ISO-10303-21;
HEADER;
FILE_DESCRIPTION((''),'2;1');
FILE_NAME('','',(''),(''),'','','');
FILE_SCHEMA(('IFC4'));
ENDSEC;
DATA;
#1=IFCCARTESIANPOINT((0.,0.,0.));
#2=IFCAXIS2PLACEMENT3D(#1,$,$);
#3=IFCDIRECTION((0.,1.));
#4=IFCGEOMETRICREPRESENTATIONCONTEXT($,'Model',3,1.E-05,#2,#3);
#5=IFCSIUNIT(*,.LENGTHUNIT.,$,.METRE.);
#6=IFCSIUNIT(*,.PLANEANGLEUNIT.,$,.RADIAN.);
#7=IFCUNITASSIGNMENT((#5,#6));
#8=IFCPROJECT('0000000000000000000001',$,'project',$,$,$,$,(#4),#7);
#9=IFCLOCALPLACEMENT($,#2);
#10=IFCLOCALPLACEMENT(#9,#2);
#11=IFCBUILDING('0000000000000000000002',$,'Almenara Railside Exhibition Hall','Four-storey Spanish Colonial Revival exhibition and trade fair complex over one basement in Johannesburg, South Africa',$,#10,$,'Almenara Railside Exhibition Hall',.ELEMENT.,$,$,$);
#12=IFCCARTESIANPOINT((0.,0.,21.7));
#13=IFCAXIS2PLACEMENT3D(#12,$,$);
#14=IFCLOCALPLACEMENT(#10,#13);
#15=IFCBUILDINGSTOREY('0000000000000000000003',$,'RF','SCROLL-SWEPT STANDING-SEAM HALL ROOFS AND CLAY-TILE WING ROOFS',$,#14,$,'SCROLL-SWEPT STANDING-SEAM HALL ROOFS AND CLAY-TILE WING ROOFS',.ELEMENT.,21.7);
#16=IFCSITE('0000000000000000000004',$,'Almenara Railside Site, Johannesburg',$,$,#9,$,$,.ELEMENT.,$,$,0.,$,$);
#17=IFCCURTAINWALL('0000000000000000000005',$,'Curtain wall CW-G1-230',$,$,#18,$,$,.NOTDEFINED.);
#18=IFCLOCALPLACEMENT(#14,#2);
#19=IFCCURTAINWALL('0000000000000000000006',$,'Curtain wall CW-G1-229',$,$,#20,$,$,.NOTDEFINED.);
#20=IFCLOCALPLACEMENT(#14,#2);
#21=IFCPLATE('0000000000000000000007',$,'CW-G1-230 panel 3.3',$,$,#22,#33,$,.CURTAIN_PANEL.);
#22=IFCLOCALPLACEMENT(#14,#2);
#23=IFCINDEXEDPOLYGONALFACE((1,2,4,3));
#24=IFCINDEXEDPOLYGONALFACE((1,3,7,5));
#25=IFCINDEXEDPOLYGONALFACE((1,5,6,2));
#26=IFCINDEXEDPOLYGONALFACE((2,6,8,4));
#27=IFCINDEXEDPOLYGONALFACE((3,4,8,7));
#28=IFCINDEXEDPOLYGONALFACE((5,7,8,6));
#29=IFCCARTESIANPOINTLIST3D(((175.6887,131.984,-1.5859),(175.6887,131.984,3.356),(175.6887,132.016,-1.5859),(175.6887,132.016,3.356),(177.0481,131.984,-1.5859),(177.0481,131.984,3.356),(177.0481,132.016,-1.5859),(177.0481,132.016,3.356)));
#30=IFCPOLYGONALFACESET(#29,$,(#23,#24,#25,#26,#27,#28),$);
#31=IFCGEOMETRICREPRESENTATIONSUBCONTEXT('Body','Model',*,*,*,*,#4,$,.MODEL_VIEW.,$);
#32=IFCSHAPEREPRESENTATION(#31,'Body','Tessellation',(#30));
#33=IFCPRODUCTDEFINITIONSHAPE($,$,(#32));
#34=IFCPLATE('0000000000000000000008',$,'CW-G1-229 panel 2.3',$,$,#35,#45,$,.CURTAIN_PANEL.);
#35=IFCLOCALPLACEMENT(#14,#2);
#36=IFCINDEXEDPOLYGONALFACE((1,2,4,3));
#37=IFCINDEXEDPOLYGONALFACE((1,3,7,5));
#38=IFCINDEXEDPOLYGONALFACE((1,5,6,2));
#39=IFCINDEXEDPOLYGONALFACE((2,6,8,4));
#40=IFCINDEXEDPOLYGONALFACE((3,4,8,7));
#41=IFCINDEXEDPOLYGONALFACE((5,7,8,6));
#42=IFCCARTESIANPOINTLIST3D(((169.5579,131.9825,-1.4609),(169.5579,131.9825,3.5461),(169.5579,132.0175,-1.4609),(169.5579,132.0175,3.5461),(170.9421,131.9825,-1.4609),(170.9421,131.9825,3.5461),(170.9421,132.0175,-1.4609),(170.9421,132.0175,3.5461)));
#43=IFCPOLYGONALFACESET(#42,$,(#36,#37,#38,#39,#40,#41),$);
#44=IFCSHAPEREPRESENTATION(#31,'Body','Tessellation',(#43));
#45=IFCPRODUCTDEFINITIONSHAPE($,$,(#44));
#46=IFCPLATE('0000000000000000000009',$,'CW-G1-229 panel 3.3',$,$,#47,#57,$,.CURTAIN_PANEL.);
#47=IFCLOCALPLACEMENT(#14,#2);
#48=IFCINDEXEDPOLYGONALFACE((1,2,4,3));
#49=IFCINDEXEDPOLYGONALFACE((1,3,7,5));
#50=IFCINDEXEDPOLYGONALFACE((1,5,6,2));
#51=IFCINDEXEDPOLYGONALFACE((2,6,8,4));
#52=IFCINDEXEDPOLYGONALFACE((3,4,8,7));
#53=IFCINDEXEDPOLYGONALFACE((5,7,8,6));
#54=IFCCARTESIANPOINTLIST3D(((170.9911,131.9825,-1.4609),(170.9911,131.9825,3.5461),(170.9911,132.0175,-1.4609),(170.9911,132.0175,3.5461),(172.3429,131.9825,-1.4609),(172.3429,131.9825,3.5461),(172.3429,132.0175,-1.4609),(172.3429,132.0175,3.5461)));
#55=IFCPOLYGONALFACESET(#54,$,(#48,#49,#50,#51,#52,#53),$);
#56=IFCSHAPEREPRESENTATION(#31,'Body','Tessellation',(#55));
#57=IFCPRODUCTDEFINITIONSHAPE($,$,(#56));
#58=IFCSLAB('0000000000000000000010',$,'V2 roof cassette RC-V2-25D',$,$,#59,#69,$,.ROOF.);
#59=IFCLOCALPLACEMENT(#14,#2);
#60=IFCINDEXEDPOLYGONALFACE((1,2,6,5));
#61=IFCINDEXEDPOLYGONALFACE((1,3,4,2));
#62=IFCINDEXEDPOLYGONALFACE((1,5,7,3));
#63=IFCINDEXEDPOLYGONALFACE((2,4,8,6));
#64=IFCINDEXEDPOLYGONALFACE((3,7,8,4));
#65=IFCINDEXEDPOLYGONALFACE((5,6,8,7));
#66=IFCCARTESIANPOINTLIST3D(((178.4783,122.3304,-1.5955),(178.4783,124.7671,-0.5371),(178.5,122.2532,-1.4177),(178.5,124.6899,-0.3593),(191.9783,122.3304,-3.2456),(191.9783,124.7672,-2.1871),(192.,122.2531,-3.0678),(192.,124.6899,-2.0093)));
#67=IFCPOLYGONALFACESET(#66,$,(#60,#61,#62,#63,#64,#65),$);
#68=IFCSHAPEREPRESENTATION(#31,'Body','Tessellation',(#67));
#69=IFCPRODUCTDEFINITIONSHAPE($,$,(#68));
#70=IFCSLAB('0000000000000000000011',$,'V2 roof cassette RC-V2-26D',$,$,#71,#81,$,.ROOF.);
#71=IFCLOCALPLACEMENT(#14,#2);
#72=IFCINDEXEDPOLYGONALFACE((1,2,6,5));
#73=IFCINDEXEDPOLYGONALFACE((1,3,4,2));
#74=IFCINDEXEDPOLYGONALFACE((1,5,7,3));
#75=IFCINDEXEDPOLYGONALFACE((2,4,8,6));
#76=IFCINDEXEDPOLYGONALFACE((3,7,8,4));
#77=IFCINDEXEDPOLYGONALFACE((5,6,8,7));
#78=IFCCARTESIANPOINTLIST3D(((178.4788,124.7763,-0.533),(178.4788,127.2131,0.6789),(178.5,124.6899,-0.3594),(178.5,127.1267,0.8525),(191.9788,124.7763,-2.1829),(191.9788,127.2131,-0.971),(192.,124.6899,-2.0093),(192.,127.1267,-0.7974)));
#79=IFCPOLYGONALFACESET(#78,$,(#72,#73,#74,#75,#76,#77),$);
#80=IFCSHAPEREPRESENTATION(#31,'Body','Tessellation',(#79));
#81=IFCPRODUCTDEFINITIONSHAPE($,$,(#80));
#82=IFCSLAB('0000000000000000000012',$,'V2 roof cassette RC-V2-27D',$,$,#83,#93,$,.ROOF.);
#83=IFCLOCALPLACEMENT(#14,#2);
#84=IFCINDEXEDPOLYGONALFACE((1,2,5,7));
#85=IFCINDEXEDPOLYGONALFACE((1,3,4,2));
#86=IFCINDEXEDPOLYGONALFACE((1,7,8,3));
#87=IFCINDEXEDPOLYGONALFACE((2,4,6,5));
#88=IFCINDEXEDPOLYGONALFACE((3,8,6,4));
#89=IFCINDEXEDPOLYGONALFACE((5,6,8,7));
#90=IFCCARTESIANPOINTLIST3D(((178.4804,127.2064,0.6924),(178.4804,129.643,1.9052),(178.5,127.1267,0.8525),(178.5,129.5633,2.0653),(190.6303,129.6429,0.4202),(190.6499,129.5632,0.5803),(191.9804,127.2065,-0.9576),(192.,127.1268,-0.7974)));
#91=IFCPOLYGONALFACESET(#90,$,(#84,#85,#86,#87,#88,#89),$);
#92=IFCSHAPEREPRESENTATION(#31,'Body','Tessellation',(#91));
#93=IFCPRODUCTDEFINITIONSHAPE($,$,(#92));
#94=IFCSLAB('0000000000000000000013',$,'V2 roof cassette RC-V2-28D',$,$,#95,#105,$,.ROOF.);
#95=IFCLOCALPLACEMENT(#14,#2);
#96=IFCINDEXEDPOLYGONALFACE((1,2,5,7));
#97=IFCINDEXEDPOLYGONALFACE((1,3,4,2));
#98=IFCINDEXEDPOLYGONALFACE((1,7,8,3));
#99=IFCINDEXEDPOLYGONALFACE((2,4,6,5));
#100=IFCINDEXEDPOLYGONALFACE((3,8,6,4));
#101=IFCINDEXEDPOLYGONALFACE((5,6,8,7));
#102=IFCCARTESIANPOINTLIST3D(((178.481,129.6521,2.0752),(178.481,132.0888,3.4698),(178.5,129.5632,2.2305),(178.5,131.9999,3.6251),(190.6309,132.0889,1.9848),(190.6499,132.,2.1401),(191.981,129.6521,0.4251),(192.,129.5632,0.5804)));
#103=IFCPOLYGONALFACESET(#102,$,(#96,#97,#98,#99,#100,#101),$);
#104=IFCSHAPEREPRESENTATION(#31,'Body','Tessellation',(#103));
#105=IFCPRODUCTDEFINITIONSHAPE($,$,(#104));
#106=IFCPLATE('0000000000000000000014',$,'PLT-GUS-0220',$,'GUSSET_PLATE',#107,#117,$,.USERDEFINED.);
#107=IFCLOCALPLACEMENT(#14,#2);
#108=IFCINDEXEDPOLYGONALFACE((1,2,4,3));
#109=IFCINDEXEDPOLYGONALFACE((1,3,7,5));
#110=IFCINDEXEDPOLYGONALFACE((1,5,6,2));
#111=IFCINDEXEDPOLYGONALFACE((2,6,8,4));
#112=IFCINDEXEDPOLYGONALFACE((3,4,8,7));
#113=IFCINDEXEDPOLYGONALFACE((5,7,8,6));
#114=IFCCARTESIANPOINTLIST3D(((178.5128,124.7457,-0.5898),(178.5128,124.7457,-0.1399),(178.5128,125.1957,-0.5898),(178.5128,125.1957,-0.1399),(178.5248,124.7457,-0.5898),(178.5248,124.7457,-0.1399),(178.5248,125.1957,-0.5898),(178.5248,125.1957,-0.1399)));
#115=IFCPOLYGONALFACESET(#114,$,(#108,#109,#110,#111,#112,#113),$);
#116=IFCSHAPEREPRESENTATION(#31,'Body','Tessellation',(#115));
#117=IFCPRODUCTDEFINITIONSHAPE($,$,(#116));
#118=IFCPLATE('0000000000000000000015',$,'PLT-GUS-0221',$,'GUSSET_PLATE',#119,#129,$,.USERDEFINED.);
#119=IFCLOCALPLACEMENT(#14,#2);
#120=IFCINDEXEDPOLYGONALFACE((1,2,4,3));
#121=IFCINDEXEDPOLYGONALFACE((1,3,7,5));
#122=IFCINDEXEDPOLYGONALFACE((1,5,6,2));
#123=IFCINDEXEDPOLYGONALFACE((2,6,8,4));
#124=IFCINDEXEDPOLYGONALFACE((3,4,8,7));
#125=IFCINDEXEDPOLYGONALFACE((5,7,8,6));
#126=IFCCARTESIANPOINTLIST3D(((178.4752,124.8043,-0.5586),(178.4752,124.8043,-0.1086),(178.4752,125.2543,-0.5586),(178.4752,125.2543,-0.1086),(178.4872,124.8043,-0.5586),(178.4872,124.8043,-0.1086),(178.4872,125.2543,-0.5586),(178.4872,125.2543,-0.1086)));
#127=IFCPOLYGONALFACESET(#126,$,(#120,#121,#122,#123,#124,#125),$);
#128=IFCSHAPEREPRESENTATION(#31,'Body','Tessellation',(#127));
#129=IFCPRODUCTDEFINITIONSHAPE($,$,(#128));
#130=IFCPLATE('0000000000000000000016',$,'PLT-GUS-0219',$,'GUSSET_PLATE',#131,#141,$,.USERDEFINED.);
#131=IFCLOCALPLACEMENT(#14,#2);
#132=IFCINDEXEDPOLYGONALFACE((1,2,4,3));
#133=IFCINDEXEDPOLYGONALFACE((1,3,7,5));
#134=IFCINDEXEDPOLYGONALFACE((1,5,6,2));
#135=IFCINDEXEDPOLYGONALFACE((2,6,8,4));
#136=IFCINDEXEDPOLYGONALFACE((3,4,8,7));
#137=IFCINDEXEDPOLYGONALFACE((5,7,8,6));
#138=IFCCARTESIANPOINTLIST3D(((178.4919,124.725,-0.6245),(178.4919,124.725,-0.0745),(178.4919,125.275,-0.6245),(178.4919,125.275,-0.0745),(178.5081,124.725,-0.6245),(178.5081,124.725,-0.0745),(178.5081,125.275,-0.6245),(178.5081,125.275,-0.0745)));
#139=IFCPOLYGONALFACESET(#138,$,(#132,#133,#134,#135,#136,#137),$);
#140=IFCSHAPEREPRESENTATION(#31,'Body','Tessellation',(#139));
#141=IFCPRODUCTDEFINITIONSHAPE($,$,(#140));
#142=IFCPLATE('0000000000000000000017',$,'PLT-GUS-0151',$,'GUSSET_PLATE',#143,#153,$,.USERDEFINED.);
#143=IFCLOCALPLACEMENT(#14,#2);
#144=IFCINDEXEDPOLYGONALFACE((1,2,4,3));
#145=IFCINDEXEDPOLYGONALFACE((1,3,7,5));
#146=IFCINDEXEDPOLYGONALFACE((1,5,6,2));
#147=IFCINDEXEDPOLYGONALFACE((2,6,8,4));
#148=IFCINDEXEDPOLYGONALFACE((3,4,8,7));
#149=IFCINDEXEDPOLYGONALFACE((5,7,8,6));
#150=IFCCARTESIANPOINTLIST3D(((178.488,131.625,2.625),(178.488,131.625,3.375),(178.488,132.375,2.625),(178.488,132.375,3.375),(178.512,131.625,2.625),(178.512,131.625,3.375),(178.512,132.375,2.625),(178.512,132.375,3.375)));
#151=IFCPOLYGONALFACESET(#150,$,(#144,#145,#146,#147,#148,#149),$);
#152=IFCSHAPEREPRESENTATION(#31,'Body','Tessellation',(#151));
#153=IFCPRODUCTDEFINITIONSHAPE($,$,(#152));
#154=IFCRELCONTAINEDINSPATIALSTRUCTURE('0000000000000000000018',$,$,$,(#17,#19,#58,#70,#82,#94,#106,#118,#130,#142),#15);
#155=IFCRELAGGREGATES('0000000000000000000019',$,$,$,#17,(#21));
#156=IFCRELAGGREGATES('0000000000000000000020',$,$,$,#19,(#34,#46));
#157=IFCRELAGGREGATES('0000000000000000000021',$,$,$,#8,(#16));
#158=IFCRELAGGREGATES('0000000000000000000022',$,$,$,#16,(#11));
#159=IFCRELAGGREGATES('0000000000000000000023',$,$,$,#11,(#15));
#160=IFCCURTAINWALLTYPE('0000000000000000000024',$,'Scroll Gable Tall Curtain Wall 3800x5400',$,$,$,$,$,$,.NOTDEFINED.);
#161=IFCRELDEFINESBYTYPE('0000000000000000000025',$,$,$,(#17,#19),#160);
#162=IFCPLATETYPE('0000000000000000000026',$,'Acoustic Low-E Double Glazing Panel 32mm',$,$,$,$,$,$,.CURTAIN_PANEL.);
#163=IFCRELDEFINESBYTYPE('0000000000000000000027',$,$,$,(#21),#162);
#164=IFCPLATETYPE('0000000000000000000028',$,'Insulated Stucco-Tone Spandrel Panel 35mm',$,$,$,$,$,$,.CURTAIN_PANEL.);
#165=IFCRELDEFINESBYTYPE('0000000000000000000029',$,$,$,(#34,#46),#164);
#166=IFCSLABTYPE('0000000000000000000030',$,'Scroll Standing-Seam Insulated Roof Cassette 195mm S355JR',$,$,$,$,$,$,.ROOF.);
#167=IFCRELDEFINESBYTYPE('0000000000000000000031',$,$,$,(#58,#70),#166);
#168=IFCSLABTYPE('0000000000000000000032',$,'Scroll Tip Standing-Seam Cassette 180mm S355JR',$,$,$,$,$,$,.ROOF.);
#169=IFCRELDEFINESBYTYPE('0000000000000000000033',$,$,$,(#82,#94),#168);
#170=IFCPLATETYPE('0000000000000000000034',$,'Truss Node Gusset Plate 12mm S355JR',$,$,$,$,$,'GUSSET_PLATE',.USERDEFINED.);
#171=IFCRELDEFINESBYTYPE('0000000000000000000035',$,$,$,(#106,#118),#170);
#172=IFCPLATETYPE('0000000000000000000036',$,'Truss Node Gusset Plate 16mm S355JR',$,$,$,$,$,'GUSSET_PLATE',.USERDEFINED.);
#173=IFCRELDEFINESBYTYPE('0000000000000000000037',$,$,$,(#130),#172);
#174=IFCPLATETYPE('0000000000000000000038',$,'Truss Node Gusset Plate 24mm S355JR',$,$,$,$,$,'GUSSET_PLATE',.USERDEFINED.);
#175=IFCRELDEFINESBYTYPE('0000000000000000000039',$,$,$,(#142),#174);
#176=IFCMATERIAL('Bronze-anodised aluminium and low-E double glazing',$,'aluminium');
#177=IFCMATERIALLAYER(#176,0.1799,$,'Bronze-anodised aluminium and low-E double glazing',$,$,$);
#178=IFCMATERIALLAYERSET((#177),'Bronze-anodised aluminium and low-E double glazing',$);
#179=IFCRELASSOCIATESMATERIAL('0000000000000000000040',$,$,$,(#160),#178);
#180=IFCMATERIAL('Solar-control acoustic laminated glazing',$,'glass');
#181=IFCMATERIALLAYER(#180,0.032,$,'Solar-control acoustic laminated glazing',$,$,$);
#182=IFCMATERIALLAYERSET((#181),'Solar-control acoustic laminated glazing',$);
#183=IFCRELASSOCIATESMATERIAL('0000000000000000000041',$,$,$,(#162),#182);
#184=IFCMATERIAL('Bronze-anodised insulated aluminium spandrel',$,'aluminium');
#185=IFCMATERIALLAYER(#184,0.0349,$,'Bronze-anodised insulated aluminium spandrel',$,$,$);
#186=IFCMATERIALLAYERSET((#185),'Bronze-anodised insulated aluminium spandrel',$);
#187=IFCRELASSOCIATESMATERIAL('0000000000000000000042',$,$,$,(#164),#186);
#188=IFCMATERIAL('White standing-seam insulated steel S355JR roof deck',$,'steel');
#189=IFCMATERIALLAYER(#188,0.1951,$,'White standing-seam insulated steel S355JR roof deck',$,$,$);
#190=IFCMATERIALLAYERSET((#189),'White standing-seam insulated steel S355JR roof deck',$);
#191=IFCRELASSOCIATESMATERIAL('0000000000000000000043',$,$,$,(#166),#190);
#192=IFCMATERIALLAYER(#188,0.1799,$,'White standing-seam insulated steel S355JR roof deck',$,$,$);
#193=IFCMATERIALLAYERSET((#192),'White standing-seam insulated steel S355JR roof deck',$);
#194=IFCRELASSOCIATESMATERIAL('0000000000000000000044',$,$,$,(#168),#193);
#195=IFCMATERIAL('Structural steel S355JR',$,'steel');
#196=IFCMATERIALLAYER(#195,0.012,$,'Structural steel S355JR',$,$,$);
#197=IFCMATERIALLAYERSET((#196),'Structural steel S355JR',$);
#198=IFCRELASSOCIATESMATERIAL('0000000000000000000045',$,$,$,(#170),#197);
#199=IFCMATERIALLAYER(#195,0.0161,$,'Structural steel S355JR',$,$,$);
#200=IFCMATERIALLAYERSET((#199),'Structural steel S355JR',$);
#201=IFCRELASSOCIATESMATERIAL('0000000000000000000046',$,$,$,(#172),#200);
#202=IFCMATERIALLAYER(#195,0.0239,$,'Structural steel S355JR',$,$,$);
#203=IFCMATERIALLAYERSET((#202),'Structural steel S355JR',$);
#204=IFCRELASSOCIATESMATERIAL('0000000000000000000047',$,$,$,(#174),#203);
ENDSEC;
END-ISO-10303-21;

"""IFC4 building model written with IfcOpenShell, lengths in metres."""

from ifc_helpers import new_model, si_unit, direction, frame, origin, origin_2d, place, context, subcontext, project, spatial, polyline, rectangle, outline, extrude, material, layer, layer_set, type_object, element, aggregate, save


model = new_model("IFC4")

# Units and contexts
model_context = context("Model", 3, precision=1e-05, world=origin(), true_north=direction((0.0, 1.0)))
body_context = subcontext(model_context, "Body", "Model", "MODEL_VIEW")
ifc_project = project(units=[si_unit("LENGTHUNIT", "METRE"), si_unit("PLANEANGLEUNIT", "RADIAN")], contexts=[model_context])

# Site, building, storey
site_placement = place(None, origin())
site = spatial("IfcSite", under=ifc_project, at=site_placement, Name="Almenara Railside Site, Johannesburg", CompositionType="ELEMENT", RefElevation=0.0)
building_placement = place(site_placement, origin())
building = spatial("IfcBuilding", under=site, at=building_placement, Name="Almenara Railside Exhibition Hall", Description="Four-storey Spanish Colonial Revival exhibition and trade fair complex over one basement in Johannesburg, South Africa", LongName="Almenara Railside Exhibition Hall", CompositionType="ELEMENT")
storey_placement = place(building_placement, frame((0.0, 0.0, 21.7)))
storey = spatial("IfcBuildingStorey", under=building, at=storey_placement, Name="RF", Description="SCROLL-SWEPT STANDING-SEAM HALL ROOFS AND CLAY-TILE WING ROOFS", LongName="SCROLL-SWEPT STANDING-SEAM HALL ROOFS AND CLAY-TILE WING ROOFS", CompositionType="ELEMENT", Elevation=21.7)

# Shared definitions
ifc_material_1 = material(Name="Structural steel S355JR", Category="steel")

# Shared definitions
ifc_material_2 = material(Name="Bronze-anodised aluminium and low-E double glazing", Category="aluminium")
ifc_layer_1 = layer(ifc_material_2, 0.1799, Name="Bronze-anodised aluminium and low-E double glazing")
ifc_layer_set_1 = layer_set([ifc_layer_1], Name="Bronze-anodised aluminium and low-E double glazing")
curtain_wall_type = type_object("IfcCurtainWallType", Name="Scroll Gable Tall Curtain Wall 3800x5400", PredefinedType="NOTDEFINED", material=ifc_layer_set_1)

# Curtain walls
curtain_wall_1_placement = place(storey_placement, origin())
curtain_wall_1 = element("IfcCurtainWall", 1, at=curtain_wall_1_placement, inside=storey, type_object=curtain_wall_type, Name="Curtain wall CW-G1-230", PredefinedType="NOTDEFINED")
curtain_wall_2_placement = place(storey_placement, origin())
curtain_wall_2 = element("IfcCurtainWall", 2, at=curtain_wall_2_placement, inside=storey, type_object=curtain_wall_type, Name="Curtain wall CW-G1-229", PredefinedType="NOTDEFINED")

# Plates
ifc_material_3 = material(Name="Solar-control acoustic laminated glazing", Category="glass")
ifc_layer_2 = layer(ifc_material_3, 0.032, Name="Solar-control acoustic laminated glazing")
ifc_layer_set_2 = layer_set([ifc_layer_2], Name="Solar-control acoustic laminated glazing")
plate_type_1 = type_object("IfcPlateType", Name="Acoustic Low-E Double Glazing Panel 32mm", PredefinedType="CURTAIN_PANEL", material=ifc_layer_set_2)
plate_1_placement = place(storey_placement, frame((176.3684, 132.0, -1.5859), z_axis=(0.0, 0.0, 1.0), x_axis=(1.0, 0.0, 0.0)))
plate_1 = element("IfcPlate", 3, at=plate_1_placement, type_object=plate_type_1, Name="CW-G1-230 panel 3.3", PredefinedType="CURTAIN_PANEL", context=body_context, shape_type="SweptSolid", body=[
    extrude(rectangle(XDim=1.3594, YDim=0.032, at=origin_2d()), origin(), (0.0, 0.0, 1.0), 4.9419),
])
aggregate(curtain_wall_1, [plate_1])
ifc_material_4 = material(Name="Bronze-anodised insulated aluminium spandrel", Category="aluminium")
ifc_layer_3 = layer(ifc_material_4, 0.0349, Name="Bronze-anodised insulated aluminium spandrel")
ifc_layer_set_3 = layer_set([ifc_layer_3], Name="Bronze-anodised insulated aluminium spandrel")
plate_type_2 = type_object("IfcPlateType", Name="Insulated Stucco-Tone Spandrel Panel 35mm", PredefinedType="CURTAIN_PANEL", material=ifc_layer_set_3)
plate_2_placement = place(storey_placement, frame((170.25, 132.0, -1.4609), z_axis=(0.0, 0.0, 1.0), x_axis=(1.0, 0.0, 0.0)))
plate_2 = element("IfcPlate", 4, at=plate_2_placement, type_object=plate_type_2, Name="CW-G1-229 panel 2.3", PredefinedType="CURTAIN_PANEL", context=body_context, shape_type="SweptSolid", body=[
    extrude(rectangle(XDim=1.3843, YDim=0.0349, at=origin_2d()), origin(), (0.0, 0.0, 1.0), 5.0071),
])
plate_3_placement = place(storey_placement, frame((171.667, 132.0, -1.4609), z_axis=(0.0, 0.0, 1.0), x_axis=(1.0, 0.0, 0.0)))
plate_3 = element("IfcPlate", 5, at=plate_3_placement, type_object=plate_type_2, Name="CW-G1-229 panel 3.3", PredefinedType="CURTAIN_PANEL", context=body_context, shape_type="SweptSolid", body=[
    extrude(rectangle(XDim=1.3518, YDim=0.0349, at=origin_2d()), origin(), (0.0, 0.0, 1.0), 5.0071),
])
aggregate(curtain_wall_2, [plate_2, plate_3])

# Slabs
ifc_material_5 = material(Name="White standing-seam insulated steel S355JR roof deck", Category="steel")
ifc_layer_4 = layer(ifc_material_5, 0.1951, Name="White standing-seam insulated steel S355JR roof deck")
ifc_layer_set_4 = layer_set([ifc_layer_4], Name="White standing-seam insulated steel S355JR roof deck")
slab_type_1 = type_object("IfcSlabType", Name="Scroll Standing-Seam Insulated Roof Cassette 195mm S355JR", PredefinedType="ROOF", material=ifc_layer_set_4)
slab_1_placement = place(storey_placement, frame((178.5, 122.2532, -1.4177), z_axis=(0.111407, -0.395932, 0.911497), x_axis=(0.992613, -0.000003, -0.121323)))
element("IfcSlab", 6, at=slab_1_placement, inside=storey, type_object=slab_type_1, Name="V2 roof cassette RC-V2-25D", PredefinedType="ROOF", context=body_context, shape_type="SweptSolid", body=[
    extrude(outline(polyline([(0.0, 0.0), (13.6005, 0.0), (13.472, 2.6537), (-0.1284, 2.6536), (0.0, 0.0)])), origin(), (0.0, 0.0, -1.0), 0.1951),
])
slab_2_placement = place(storey_placement, frame((178.5, 124.6899, -0.3594), z_axis=(0.108779, -0.442668, 0.890063), x_axis=(0.992614, 0.0, -0.121312)))
element("IfcSlab", 7, at=slab_2_placement, inside=storey, type_object=slab_type_1, Name="V2 roof cassette RC-V2-26D", PredefinedType="ROOF", context=body_context, shape_type="SweptSolid", body=[
    extrude(outline(polyline([(0.0, 0.0), (13.6004, 0.0), (13.4534, 2.7175), (-0.147, 2.7175), (0.0, 0.0)])), origin(), (0.0, 0.0, -1.0), 0.1951),
])
ifc_layer_5 = layer(ifc_material_5, 0.1799, Name="White standing-seam insulated steel S355JR roof deck")
ifc_layer_set_5 = layer_set([ifc_layer_5], Name="White standing-seam insulated steel S355JR roof deck")
slab_type_2 = type_object("IfcSlabType", Name="Scroll Tip Standing-Seam Cassette 180mm S355JR", PredefinedType="ROOF", material=ifc_layer_set_5)
slab_3_placement = place(storey_placement, frame((178.5, 127.1267, 0.8525), z_axis=(0.108769, -0.442958, 0.88992), x_axis=(0.992614, 0.000003, -0.121319)))
element("IfcSlab", 8, at=slab_3_placement, inside=storey, type_object=slab_type_2, Name="V2 roof cassette RC-V2-27D", PredefinedType="ROOF", context=body_context, shape_type="SweptSolid", body=[
    extrude(outline(polyline([(0.0, 0.0), (13.6004, 0.0), (12.0932, 2.7176), (-0.1471, 2.7177), (0.0, 0.0)])), origin(), (0.0, 0.0, -1.0), 0.1799),
])
slab_4_placement = place(storey_placement, frame((178.5, 129.5632, 2.2305), z_axis=(0.105486, -0.493966, 0.863059), x_axis=(0.992613, -0.000004, -0.121323)))
element("IfcSlab", 9, at=slab_4_placement, inside=storey, type_object=slab_type_2, Name="V2 roof cassette RC-V2-28D", PredefinedType="ROOF", context=body_context, shape_type="SweptSolid", body=[
    extrude(outline(polyline([(0.0, 0.0), (13.6005, 0.0), (12.0711, 2.8026), (-0.1692, 2.8025), (0.0, 0.0)])), origin(), (0.0, 0.0, -1.0), 0.1799),
])

# Plates
ifc_layer_6 = layer(ifc_material_1, 0.012, Name="Structural steel S355JR")
ifc_layer_set_6 = layer_set([ifc_layer_6], Name="Structural steel S355JR")
plate_type_3 = type_object("IfcPlateType", Name="Truss Node Gusset Plate 12mm S355JR", ElementType="GUSSET_PLATE", PredefinedType="USERDEFINED", material=ifc_layer_set_6)
for number, where, z_axis, x_axis, name in (
    (10, (178.5188, 124.9707, -0.5898), (0.0, 0.0, 1.0), (0.0, 1.0, 0.0), "PLT-GUS-0220"),
    (11, (178.4812, 125.0293, -0.5586), (0.0, 0.0, 1.0), (0.0, 1.0, 0.0), "PLT-GUS-0221"),
):
    element("IfcPlate", number, at=place(storey_placement, frame(where, z_axis=z_axis, x_axis=x_axis)), inside=storey, type_object=plate_type_3, Name=name, ObjectType="GUSSET_PLATE", PredefinedType="USERDEFINED", context=body_context, shape_type="SweptSolid", body=[
        extrude(rectangle(XDim=0.45, YDim=0.012, at=origin_2d()), origin(), (0.0, 0.0, 1.0), 0.45),
    ])
ifc_layer_7 = layer(ifc_material_1, 0.0161, Name="Structural steel S355JR")
ifc_layer_set_7 = layer_set([ifc_layer_7], Name="Structural steel S355JR")
plate_type_4 = type_object("IfcPlateType", Name="Truss Node Gusset Plate 16mm S355JR", ElementType="GUSSET_PLATE", PredefinedType="USERDEFINED", material=ifc_layer_set_7)
plate_4_placement = place(storey_placement, frame((178.5, 125.0, -0.6245), z_axis=(0.0, 0.0, 1.0), x_axis=(0.0, 1.0, 0.0)))
element("IfcPlate", 12, at=plate_4_placement, inside=storey, type_object=plate_type_4, Name="PLT-GUS-0219", ObjectType="GUSSET_PLATE", PredefinedType="USERDEFINED", context=body_context, shape_type="SweptSolid", body=[
    extrude(rectangle(XDim=0.55, YDim=0.0161, at=origin_2d()), origin(), (0.0, 0.0, 1.0), 0.55),
])
ifc_layer_8 = layer(ifc_material_1, 0.0239, Name="Structural steel S355JR")
ifc_layer_set_8 = layer_set([ifc_layer_8], Name="Structural steel S355JR")
plate_type_5 = type_object("IfcPlateType", Name="Truss Node Gusset Plate 24mm S355JR", ElementType="GUSSET_PLATE", PredefinedType="USERDEFINED", material=ifc_layer_set_8)
plate_5_placement = place(storey_placement, frame((178.5, 132.0, 2.625), z_axis=(0.0, 0.0, 1.0), x_axis=(0.0, 1.0, 0.0)))
element("IfcPlate", 13, at=plate_5_placement, inside=storey, type_object=plate_type_5, Name="PLT-GUS-0151", ObjectType="GUSSET_PLATE", PredefinedType="USERDEFINED", context=body_context, shape_type="SweptSolid", body=[
    extrude(rectangle(XDim=0.75, YDim=0.0239, at=origin_2d()), origin(), (0.0, 0.0, 1.0), 0.75),
])

save(model, "model.ifc")
